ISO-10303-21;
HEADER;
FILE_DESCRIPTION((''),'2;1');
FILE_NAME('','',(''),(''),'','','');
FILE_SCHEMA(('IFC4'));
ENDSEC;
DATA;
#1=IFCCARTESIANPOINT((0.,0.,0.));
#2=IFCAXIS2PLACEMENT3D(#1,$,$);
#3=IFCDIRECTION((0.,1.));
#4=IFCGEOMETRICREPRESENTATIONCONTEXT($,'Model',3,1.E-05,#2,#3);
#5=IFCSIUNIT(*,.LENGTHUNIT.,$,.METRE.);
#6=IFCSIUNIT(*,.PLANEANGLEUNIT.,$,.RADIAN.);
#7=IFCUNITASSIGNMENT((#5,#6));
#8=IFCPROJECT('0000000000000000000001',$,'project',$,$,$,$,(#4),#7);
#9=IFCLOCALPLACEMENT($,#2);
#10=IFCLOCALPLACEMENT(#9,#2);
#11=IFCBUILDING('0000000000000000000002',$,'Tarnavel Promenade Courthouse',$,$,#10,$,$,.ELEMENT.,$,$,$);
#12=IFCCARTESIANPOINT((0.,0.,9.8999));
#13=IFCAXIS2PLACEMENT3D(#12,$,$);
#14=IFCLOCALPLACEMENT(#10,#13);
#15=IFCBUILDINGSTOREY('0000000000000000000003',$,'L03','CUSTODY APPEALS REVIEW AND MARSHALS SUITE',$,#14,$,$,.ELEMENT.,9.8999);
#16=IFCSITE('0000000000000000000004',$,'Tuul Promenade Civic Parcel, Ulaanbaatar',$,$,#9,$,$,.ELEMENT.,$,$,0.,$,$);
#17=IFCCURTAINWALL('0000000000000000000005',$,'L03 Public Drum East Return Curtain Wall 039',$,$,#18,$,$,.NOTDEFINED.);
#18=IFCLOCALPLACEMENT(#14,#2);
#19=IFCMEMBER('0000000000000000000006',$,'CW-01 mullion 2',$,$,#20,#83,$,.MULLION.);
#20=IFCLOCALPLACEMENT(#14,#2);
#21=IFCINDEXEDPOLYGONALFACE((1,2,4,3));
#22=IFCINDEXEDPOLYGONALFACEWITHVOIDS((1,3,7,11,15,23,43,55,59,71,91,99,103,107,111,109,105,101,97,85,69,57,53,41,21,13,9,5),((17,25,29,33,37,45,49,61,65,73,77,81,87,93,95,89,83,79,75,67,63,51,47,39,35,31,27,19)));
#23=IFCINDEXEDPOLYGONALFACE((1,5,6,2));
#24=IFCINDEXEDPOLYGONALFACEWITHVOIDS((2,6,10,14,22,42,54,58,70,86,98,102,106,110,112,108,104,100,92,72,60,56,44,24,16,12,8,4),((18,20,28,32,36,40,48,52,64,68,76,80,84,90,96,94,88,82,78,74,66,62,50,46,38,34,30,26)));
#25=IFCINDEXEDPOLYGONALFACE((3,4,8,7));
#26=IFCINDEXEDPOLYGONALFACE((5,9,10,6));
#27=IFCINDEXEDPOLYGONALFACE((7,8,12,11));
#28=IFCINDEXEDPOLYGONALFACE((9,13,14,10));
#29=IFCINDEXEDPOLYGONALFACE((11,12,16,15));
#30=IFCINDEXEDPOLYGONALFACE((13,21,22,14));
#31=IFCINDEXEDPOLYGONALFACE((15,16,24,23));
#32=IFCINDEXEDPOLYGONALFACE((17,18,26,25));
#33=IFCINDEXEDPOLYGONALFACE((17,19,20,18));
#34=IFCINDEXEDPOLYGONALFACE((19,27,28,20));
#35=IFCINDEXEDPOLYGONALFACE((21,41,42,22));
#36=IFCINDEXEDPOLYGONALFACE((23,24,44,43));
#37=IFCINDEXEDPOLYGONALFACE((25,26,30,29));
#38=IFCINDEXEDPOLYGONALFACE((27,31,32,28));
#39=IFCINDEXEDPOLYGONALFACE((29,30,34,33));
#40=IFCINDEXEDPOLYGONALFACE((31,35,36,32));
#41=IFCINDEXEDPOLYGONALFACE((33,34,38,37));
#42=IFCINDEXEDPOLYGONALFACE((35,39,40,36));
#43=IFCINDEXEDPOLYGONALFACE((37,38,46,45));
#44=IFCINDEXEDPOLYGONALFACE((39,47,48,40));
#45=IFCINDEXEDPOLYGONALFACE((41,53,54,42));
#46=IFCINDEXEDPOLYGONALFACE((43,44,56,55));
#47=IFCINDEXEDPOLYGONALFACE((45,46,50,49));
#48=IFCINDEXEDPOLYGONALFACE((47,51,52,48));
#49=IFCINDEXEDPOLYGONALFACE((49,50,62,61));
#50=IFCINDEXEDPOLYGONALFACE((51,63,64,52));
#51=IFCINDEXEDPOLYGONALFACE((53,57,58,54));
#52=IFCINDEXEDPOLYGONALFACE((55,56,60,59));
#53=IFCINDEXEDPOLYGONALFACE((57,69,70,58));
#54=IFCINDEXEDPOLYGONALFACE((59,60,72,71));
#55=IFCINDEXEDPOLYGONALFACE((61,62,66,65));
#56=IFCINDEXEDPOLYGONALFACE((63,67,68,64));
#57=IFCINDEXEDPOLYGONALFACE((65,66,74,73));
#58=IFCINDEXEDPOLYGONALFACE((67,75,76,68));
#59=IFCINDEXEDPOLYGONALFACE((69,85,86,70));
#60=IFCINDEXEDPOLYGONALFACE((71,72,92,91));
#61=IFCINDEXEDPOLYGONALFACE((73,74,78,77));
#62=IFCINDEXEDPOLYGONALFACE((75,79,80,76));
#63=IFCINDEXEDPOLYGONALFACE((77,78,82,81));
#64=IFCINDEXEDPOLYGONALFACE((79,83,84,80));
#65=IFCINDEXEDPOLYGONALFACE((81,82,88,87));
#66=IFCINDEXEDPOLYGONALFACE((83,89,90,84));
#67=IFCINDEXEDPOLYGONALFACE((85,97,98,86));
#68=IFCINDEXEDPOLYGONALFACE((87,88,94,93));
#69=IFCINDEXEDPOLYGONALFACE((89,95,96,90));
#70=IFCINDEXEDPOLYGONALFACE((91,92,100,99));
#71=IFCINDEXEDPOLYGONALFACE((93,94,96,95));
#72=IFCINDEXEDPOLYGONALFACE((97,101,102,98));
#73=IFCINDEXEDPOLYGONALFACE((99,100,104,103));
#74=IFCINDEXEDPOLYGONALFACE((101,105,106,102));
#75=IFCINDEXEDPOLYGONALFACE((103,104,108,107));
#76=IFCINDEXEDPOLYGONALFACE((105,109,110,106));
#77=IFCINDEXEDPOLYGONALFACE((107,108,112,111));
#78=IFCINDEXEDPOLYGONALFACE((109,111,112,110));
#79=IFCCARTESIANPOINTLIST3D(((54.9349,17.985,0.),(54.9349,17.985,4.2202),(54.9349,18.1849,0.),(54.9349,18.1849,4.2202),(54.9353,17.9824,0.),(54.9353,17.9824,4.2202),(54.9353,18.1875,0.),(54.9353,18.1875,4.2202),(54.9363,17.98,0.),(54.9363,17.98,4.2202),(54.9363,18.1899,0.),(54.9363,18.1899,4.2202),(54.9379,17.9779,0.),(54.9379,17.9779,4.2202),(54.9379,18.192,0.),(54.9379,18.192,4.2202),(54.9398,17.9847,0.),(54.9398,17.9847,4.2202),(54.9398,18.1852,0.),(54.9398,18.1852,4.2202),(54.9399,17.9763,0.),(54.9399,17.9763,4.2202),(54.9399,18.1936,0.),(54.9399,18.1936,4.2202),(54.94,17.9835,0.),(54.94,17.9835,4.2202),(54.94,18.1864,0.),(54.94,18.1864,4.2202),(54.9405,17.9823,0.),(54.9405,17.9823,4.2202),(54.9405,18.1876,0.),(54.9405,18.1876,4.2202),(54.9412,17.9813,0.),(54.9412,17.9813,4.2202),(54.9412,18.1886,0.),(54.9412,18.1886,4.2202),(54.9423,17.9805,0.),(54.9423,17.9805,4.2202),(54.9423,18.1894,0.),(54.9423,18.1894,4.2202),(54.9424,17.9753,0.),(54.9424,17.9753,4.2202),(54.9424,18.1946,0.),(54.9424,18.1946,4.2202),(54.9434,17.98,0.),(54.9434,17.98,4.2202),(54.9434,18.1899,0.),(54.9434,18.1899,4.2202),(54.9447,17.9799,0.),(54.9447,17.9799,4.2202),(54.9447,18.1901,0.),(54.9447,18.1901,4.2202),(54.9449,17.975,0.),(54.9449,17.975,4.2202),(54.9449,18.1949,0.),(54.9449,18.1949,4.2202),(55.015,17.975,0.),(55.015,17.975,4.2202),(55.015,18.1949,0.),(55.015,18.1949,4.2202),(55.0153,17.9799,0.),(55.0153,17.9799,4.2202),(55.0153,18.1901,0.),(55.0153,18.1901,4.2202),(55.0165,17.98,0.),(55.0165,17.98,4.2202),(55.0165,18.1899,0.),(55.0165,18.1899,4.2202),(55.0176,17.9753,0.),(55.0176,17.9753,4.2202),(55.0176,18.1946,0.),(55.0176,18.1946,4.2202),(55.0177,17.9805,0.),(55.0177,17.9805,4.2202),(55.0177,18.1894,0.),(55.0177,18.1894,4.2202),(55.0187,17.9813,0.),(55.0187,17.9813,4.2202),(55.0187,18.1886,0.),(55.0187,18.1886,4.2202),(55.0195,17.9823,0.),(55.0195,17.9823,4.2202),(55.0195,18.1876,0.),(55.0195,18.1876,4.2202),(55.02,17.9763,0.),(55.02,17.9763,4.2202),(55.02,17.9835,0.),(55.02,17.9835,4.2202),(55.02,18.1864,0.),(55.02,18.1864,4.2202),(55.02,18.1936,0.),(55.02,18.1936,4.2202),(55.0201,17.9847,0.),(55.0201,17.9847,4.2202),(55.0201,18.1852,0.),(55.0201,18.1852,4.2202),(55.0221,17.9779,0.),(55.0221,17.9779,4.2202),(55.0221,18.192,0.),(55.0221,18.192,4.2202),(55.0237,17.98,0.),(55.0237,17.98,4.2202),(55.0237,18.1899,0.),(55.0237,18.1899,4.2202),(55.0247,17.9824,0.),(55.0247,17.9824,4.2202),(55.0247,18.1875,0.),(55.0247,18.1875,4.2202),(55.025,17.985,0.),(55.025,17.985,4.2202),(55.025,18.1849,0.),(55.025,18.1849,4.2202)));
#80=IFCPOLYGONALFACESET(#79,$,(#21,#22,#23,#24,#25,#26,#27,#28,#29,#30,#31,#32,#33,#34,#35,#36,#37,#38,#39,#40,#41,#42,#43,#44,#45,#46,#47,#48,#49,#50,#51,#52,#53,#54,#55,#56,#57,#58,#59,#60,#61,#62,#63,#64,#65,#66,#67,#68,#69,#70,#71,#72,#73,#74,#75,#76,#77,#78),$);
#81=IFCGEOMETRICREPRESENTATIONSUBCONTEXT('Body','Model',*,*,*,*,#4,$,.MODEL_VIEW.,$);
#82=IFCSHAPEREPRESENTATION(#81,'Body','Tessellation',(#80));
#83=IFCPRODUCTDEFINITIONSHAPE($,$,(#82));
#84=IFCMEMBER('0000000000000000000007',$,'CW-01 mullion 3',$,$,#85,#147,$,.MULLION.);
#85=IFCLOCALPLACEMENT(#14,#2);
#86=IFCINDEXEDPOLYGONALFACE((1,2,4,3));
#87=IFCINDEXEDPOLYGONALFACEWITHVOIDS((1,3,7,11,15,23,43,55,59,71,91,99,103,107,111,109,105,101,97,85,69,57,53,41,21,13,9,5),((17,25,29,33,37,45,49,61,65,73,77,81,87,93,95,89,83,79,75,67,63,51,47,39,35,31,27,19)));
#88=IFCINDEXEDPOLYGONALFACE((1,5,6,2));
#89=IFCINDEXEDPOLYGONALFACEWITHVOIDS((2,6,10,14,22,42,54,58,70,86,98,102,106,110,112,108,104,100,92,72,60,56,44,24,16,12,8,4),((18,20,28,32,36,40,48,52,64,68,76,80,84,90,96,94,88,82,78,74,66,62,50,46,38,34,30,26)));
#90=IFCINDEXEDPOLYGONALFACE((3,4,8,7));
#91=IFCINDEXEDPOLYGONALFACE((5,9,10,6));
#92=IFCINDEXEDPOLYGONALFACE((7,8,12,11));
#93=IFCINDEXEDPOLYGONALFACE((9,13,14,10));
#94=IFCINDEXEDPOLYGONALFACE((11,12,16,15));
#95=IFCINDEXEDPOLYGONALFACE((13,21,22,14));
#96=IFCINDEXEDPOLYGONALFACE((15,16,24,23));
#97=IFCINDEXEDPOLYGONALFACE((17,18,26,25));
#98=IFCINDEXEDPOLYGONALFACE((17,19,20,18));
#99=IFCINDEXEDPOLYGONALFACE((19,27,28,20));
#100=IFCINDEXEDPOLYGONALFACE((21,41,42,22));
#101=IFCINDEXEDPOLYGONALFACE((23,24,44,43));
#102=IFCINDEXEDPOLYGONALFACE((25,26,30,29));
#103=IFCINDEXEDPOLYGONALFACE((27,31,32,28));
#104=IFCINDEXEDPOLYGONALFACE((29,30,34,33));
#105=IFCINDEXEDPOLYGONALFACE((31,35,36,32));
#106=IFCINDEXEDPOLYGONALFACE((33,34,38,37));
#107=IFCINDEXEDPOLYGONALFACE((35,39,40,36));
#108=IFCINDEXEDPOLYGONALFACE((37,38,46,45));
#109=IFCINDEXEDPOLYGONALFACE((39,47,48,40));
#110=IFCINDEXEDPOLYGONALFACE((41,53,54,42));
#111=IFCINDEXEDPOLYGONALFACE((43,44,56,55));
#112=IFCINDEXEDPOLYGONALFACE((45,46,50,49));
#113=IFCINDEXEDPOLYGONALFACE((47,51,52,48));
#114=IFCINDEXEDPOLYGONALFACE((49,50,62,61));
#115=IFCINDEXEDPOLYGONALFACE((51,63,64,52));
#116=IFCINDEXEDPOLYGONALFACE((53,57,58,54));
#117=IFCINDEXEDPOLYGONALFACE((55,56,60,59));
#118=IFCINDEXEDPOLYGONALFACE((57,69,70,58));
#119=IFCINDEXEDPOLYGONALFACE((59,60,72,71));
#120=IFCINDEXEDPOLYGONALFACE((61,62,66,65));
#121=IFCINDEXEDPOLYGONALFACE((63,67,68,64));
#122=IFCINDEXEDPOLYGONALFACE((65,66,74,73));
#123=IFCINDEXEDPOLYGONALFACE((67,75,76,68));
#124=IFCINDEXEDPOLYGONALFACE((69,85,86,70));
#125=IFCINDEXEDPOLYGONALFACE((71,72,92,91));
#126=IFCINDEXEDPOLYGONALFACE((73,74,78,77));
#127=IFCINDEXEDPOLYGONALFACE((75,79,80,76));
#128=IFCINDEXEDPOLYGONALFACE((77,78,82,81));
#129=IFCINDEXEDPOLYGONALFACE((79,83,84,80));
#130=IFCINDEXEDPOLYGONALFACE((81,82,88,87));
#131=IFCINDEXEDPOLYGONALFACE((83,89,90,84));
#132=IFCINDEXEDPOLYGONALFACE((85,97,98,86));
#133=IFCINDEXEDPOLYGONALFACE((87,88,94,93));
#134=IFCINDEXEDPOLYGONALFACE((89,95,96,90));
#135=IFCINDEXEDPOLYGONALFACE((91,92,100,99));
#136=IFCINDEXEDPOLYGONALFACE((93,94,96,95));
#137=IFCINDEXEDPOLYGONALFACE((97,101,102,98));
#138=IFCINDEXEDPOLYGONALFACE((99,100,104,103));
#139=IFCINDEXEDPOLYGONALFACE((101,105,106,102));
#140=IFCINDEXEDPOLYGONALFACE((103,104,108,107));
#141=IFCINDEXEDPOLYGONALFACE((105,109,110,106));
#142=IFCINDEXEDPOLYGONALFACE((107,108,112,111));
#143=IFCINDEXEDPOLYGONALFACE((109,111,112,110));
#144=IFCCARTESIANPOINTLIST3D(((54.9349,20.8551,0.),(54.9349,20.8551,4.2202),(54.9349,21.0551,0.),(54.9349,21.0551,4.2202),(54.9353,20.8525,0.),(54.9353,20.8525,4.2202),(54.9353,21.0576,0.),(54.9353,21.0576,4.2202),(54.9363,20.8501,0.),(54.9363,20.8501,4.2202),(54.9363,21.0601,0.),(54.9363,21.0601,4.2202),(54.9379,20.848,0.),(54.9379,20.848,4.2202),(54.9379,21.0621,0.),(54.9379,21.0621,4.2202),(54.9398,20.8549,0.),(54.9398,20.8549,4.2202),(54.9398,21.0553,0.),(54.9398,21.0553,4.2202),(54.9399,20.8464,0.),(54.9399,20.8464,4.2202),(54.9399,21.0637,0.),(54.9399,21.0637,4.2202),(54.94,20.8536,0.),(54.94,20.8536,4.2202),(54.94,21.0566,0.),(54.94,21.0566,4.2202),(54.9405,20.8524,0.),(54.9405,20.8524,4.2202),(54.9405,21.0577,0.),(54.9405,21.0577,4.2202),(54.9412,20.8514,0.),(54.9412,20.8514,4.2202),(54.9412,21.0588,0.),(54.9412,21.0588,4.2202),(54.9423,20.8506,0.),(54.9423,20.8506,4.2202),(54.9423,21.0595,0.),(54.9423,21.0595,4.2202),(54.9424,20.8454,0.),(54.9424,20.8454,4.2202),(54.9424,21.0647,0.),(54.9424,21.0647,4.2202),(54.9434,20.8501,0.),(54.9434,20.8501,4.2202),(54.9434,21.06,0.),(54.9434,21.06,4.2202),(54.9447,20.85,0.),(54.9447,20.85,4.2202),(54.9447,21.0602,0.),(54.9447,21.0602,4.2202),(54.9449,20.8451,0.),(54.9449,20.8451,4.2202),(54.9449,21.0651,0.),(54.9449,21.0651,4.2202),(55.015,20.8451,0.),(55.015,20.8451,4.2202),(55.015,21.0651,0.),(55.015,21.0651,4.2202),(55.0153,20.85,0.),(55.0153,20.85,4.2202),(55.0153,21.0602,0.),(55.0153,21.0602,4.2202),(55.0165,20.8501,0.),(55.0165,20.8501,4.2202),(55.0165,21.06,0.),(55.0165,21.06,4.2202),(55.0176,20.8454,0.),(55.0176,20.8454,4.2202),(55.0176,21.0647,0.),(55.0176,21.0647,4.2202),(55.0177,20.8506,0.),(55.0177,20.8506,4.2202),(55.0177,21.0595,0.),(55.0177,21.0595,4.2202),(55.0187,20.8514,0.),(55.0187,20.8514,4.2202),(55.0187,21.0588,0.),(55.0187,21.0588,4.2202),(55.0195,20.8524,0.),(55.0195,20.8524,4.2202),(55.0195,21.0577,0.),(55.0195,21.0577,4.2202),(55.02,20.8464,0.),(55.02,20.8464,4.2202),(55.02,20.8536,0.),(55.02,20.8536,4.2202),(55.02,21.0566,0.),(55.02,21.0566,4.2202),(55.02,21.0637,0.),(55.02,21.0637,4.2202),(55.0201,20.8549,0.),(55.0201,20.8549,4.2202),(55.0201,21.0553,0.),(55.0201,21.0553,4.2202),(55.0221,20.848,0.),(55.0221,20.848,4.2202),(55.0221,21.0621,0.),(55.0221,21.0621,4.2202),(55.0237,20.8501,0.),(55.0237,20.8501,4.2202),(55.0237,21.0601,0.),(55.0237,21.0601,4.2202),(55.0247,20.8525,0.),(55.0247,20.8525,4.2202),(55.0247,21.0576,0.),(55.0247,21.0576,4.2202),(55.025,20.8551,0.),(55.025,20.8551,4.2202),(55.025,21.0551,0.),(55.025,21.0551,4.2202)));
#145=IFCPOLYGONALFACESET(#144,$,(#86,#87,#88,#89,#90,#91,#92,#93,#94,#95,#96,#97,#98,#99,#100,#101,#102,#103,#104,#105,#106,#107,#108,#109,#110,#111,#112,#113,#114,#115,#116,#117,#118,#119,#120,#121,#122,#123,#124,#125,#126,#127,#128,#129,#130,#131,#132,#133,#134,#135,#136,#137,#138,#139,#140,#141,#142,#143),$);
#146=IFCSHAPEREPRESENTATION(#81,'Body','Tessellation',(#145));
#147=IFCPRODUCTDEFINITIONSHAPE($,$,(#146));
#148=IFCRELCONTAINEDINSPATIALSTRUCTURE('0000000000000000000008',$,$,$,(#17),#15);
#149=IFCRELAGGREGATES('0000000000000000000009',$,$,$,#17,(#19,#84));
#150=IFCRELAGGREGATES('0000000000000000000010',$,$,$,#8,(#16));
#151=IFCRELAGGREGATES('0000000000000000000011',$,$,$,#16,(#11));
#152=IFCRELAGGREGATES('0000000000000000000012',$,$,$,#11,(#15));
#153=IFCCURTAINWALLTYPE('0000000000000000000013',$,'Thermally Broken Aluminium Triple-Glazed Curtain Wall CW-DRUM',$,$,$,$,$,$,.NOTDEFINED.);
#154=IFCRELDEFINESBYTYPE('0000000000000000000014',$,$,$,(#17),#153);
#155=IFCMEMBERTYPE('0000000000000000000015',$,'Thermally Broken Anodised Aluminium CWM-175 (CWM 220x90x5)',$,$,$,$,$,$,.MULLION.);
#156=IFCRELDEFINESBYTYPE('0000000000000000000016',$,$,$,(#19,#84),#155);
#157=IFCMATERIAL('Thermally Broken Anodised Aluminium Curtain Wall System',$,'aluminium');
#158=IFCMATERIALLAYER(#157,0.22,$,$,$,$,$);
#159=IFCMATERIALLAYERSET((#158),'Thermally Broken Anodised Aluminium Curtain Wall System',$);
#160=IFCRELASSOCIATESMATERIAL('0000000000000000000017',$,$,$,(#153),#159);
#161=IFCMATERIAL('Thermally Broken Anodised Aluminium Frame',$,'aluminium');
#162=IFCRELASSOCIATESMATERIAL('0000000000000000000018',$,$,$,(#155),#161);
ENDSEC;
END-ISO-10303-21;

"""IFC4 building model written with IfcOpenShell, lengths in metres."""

from ifc_helpers import new_model, si_unit, direction, frame, origin, origin_2d, place, context, subcontext, project, spatial, hollow_rectangle, extrude, material, layer, layer_set, material_profile, profile_set, type_object, element, aggregate, save


model = new_model("IFC4")

# Units and contexts
model_context = context("Model", 3, precision=1e-05, world=origin(), true_north=direction((0.0, 1.0)))
body_context = subcontext(model_context, "Body", "Model", "MODEL_VIEW")
ifc_project = project(units=[si_unit("LENGTHUNIT", "METRE"), si_unit("PLANEANGLEUNIT", "RADIAN")], contexts=[model_context])

# Site, building, storey
site_placement = place(None, origin())
site = spatial("IfcSite", under=ifc_project, at=site_placement, Name="Tuul Promenade Civic Parcel, Ulaanbaatar", CompositionType="ELEMENT", RefElevation=0.0)
building_placement = place(site_placement, origin())
building = spatial("IfcBuilding", under=site, at=building_placement, Name="Tarnavel Promenade Courthouse", CompositionType="ELEMENT")
storey_placement = place(building_placement, frame((0.0, 0.0, 9.8999)))
storey = spatial("IfcBuildingStorey", under=building, at=storey_placement, Name="L03", Description="CUSTODY APPEALS REVIEW AND MARSHALS SUITE", CompositionType="ELEMENT", Elevation=9.8999)

# Curtain wall, members
ifc_material_1 = material(Name="Thermally Broken Anodised Aluminium Curtain Wall System", Category="aluminium")
ifc_layer_1 = layer(ifc_material_1, 0.22)
ifc_layer_set_1 = layer_set([ifc_layer_1], Name="Thermally Broken Anodised Aluminium Curtain Wall System")
curtain_wall_type = type_object("IfcCurtainWallType", Name="Thermally Broken Aluminium Triple-Glazed Curtain Wall CW-DRUM", PredefinedType="NOTDEFINED", material=ifc_layer_set_1)
curtain_wall_1_placement = place(storey_placement, origin())
curtain_wall_1 = element("IfcCurtainWall", 1, at=curtain_wall_1_placement, inside=storey, type_object=curtain_wall_type, Name="L03 Public Drum East Return Curtain Wall 039", PredefinedType="NOTDEFINED")
ifc_material_2 = material(Name="Thermally Broken Anodised Aluminium Frame", Category="aluminium")
ifc_material_profile_1 = material_profile(ifc_material_2, hollow_rectangle(XDim=0.0901, YDim=0.22, WallThickness=0.0049, InnerFilletRadius=0.0049, OuterFilletRadius=0.01, at=origin_2d()), Name="CWM 220x90x5")
ifc_profile_set_1 = profile_set([ifc_material_profile_1], Name="Thermally Broken Anodised Aluminium Frame")
member_type_1 = type_object("IfcMemberType", Name="Thermally Broken Anodised Aluminium CWM-175 (CWM 220x90x5)", PredefinedType="MULLION", material=ifc_profile_set_1)
member_1_placement = place(storey_placement, frame((54.98, 18.085, 0.0), z_axis=(0.0, 0.0, 1.0), x_axis=(-1.0, 0.0, 0.0)))
member_1 = element("IfcMember", 2, at=member_1_placement, type_object=member_type_1, Name="CW-01 mullion 2", PredefinedType="MULLION", context=body_context, shape_type="SweptSolid", body=[
    extrude(hollow_rectangle(XDim=0.0901, YDim=0.22, WallThickness=0.0049, InnerFilletRadius=0.0049, OuterFilletRadius=0.01, at=origin_2d()), origin(), (0.0, 0.0, 1.0), 4.2202),
])
member_2_placement = place(storey_placement, frame((54.98, 20.9551, 0.0), z_axis=(0.0, 0.0, 1.0), x_axis=(-1.0, 0.0, 0.0)))
member_2 = element("IfcMember", 3, at=member_2_placement, type_object=member_type_1, Name="CW-01 mullion 3", PredefinedType="MULLION", context=body_context, shape_type="SweptSolid", body=[
    extrude(hollow_rectangle(XDim=0.0901, YDim=0.22, WallThickness=0.0049, InnerFilletRadius=0.0049, OuterFilletRadius=0.01, at=origin_2d()), origin(), (0.0, 0.0, 1.0), 4.2202),
])

aggregate(curtain_wall_1, [member_1, member_2])

save(model, "model.ifc")
